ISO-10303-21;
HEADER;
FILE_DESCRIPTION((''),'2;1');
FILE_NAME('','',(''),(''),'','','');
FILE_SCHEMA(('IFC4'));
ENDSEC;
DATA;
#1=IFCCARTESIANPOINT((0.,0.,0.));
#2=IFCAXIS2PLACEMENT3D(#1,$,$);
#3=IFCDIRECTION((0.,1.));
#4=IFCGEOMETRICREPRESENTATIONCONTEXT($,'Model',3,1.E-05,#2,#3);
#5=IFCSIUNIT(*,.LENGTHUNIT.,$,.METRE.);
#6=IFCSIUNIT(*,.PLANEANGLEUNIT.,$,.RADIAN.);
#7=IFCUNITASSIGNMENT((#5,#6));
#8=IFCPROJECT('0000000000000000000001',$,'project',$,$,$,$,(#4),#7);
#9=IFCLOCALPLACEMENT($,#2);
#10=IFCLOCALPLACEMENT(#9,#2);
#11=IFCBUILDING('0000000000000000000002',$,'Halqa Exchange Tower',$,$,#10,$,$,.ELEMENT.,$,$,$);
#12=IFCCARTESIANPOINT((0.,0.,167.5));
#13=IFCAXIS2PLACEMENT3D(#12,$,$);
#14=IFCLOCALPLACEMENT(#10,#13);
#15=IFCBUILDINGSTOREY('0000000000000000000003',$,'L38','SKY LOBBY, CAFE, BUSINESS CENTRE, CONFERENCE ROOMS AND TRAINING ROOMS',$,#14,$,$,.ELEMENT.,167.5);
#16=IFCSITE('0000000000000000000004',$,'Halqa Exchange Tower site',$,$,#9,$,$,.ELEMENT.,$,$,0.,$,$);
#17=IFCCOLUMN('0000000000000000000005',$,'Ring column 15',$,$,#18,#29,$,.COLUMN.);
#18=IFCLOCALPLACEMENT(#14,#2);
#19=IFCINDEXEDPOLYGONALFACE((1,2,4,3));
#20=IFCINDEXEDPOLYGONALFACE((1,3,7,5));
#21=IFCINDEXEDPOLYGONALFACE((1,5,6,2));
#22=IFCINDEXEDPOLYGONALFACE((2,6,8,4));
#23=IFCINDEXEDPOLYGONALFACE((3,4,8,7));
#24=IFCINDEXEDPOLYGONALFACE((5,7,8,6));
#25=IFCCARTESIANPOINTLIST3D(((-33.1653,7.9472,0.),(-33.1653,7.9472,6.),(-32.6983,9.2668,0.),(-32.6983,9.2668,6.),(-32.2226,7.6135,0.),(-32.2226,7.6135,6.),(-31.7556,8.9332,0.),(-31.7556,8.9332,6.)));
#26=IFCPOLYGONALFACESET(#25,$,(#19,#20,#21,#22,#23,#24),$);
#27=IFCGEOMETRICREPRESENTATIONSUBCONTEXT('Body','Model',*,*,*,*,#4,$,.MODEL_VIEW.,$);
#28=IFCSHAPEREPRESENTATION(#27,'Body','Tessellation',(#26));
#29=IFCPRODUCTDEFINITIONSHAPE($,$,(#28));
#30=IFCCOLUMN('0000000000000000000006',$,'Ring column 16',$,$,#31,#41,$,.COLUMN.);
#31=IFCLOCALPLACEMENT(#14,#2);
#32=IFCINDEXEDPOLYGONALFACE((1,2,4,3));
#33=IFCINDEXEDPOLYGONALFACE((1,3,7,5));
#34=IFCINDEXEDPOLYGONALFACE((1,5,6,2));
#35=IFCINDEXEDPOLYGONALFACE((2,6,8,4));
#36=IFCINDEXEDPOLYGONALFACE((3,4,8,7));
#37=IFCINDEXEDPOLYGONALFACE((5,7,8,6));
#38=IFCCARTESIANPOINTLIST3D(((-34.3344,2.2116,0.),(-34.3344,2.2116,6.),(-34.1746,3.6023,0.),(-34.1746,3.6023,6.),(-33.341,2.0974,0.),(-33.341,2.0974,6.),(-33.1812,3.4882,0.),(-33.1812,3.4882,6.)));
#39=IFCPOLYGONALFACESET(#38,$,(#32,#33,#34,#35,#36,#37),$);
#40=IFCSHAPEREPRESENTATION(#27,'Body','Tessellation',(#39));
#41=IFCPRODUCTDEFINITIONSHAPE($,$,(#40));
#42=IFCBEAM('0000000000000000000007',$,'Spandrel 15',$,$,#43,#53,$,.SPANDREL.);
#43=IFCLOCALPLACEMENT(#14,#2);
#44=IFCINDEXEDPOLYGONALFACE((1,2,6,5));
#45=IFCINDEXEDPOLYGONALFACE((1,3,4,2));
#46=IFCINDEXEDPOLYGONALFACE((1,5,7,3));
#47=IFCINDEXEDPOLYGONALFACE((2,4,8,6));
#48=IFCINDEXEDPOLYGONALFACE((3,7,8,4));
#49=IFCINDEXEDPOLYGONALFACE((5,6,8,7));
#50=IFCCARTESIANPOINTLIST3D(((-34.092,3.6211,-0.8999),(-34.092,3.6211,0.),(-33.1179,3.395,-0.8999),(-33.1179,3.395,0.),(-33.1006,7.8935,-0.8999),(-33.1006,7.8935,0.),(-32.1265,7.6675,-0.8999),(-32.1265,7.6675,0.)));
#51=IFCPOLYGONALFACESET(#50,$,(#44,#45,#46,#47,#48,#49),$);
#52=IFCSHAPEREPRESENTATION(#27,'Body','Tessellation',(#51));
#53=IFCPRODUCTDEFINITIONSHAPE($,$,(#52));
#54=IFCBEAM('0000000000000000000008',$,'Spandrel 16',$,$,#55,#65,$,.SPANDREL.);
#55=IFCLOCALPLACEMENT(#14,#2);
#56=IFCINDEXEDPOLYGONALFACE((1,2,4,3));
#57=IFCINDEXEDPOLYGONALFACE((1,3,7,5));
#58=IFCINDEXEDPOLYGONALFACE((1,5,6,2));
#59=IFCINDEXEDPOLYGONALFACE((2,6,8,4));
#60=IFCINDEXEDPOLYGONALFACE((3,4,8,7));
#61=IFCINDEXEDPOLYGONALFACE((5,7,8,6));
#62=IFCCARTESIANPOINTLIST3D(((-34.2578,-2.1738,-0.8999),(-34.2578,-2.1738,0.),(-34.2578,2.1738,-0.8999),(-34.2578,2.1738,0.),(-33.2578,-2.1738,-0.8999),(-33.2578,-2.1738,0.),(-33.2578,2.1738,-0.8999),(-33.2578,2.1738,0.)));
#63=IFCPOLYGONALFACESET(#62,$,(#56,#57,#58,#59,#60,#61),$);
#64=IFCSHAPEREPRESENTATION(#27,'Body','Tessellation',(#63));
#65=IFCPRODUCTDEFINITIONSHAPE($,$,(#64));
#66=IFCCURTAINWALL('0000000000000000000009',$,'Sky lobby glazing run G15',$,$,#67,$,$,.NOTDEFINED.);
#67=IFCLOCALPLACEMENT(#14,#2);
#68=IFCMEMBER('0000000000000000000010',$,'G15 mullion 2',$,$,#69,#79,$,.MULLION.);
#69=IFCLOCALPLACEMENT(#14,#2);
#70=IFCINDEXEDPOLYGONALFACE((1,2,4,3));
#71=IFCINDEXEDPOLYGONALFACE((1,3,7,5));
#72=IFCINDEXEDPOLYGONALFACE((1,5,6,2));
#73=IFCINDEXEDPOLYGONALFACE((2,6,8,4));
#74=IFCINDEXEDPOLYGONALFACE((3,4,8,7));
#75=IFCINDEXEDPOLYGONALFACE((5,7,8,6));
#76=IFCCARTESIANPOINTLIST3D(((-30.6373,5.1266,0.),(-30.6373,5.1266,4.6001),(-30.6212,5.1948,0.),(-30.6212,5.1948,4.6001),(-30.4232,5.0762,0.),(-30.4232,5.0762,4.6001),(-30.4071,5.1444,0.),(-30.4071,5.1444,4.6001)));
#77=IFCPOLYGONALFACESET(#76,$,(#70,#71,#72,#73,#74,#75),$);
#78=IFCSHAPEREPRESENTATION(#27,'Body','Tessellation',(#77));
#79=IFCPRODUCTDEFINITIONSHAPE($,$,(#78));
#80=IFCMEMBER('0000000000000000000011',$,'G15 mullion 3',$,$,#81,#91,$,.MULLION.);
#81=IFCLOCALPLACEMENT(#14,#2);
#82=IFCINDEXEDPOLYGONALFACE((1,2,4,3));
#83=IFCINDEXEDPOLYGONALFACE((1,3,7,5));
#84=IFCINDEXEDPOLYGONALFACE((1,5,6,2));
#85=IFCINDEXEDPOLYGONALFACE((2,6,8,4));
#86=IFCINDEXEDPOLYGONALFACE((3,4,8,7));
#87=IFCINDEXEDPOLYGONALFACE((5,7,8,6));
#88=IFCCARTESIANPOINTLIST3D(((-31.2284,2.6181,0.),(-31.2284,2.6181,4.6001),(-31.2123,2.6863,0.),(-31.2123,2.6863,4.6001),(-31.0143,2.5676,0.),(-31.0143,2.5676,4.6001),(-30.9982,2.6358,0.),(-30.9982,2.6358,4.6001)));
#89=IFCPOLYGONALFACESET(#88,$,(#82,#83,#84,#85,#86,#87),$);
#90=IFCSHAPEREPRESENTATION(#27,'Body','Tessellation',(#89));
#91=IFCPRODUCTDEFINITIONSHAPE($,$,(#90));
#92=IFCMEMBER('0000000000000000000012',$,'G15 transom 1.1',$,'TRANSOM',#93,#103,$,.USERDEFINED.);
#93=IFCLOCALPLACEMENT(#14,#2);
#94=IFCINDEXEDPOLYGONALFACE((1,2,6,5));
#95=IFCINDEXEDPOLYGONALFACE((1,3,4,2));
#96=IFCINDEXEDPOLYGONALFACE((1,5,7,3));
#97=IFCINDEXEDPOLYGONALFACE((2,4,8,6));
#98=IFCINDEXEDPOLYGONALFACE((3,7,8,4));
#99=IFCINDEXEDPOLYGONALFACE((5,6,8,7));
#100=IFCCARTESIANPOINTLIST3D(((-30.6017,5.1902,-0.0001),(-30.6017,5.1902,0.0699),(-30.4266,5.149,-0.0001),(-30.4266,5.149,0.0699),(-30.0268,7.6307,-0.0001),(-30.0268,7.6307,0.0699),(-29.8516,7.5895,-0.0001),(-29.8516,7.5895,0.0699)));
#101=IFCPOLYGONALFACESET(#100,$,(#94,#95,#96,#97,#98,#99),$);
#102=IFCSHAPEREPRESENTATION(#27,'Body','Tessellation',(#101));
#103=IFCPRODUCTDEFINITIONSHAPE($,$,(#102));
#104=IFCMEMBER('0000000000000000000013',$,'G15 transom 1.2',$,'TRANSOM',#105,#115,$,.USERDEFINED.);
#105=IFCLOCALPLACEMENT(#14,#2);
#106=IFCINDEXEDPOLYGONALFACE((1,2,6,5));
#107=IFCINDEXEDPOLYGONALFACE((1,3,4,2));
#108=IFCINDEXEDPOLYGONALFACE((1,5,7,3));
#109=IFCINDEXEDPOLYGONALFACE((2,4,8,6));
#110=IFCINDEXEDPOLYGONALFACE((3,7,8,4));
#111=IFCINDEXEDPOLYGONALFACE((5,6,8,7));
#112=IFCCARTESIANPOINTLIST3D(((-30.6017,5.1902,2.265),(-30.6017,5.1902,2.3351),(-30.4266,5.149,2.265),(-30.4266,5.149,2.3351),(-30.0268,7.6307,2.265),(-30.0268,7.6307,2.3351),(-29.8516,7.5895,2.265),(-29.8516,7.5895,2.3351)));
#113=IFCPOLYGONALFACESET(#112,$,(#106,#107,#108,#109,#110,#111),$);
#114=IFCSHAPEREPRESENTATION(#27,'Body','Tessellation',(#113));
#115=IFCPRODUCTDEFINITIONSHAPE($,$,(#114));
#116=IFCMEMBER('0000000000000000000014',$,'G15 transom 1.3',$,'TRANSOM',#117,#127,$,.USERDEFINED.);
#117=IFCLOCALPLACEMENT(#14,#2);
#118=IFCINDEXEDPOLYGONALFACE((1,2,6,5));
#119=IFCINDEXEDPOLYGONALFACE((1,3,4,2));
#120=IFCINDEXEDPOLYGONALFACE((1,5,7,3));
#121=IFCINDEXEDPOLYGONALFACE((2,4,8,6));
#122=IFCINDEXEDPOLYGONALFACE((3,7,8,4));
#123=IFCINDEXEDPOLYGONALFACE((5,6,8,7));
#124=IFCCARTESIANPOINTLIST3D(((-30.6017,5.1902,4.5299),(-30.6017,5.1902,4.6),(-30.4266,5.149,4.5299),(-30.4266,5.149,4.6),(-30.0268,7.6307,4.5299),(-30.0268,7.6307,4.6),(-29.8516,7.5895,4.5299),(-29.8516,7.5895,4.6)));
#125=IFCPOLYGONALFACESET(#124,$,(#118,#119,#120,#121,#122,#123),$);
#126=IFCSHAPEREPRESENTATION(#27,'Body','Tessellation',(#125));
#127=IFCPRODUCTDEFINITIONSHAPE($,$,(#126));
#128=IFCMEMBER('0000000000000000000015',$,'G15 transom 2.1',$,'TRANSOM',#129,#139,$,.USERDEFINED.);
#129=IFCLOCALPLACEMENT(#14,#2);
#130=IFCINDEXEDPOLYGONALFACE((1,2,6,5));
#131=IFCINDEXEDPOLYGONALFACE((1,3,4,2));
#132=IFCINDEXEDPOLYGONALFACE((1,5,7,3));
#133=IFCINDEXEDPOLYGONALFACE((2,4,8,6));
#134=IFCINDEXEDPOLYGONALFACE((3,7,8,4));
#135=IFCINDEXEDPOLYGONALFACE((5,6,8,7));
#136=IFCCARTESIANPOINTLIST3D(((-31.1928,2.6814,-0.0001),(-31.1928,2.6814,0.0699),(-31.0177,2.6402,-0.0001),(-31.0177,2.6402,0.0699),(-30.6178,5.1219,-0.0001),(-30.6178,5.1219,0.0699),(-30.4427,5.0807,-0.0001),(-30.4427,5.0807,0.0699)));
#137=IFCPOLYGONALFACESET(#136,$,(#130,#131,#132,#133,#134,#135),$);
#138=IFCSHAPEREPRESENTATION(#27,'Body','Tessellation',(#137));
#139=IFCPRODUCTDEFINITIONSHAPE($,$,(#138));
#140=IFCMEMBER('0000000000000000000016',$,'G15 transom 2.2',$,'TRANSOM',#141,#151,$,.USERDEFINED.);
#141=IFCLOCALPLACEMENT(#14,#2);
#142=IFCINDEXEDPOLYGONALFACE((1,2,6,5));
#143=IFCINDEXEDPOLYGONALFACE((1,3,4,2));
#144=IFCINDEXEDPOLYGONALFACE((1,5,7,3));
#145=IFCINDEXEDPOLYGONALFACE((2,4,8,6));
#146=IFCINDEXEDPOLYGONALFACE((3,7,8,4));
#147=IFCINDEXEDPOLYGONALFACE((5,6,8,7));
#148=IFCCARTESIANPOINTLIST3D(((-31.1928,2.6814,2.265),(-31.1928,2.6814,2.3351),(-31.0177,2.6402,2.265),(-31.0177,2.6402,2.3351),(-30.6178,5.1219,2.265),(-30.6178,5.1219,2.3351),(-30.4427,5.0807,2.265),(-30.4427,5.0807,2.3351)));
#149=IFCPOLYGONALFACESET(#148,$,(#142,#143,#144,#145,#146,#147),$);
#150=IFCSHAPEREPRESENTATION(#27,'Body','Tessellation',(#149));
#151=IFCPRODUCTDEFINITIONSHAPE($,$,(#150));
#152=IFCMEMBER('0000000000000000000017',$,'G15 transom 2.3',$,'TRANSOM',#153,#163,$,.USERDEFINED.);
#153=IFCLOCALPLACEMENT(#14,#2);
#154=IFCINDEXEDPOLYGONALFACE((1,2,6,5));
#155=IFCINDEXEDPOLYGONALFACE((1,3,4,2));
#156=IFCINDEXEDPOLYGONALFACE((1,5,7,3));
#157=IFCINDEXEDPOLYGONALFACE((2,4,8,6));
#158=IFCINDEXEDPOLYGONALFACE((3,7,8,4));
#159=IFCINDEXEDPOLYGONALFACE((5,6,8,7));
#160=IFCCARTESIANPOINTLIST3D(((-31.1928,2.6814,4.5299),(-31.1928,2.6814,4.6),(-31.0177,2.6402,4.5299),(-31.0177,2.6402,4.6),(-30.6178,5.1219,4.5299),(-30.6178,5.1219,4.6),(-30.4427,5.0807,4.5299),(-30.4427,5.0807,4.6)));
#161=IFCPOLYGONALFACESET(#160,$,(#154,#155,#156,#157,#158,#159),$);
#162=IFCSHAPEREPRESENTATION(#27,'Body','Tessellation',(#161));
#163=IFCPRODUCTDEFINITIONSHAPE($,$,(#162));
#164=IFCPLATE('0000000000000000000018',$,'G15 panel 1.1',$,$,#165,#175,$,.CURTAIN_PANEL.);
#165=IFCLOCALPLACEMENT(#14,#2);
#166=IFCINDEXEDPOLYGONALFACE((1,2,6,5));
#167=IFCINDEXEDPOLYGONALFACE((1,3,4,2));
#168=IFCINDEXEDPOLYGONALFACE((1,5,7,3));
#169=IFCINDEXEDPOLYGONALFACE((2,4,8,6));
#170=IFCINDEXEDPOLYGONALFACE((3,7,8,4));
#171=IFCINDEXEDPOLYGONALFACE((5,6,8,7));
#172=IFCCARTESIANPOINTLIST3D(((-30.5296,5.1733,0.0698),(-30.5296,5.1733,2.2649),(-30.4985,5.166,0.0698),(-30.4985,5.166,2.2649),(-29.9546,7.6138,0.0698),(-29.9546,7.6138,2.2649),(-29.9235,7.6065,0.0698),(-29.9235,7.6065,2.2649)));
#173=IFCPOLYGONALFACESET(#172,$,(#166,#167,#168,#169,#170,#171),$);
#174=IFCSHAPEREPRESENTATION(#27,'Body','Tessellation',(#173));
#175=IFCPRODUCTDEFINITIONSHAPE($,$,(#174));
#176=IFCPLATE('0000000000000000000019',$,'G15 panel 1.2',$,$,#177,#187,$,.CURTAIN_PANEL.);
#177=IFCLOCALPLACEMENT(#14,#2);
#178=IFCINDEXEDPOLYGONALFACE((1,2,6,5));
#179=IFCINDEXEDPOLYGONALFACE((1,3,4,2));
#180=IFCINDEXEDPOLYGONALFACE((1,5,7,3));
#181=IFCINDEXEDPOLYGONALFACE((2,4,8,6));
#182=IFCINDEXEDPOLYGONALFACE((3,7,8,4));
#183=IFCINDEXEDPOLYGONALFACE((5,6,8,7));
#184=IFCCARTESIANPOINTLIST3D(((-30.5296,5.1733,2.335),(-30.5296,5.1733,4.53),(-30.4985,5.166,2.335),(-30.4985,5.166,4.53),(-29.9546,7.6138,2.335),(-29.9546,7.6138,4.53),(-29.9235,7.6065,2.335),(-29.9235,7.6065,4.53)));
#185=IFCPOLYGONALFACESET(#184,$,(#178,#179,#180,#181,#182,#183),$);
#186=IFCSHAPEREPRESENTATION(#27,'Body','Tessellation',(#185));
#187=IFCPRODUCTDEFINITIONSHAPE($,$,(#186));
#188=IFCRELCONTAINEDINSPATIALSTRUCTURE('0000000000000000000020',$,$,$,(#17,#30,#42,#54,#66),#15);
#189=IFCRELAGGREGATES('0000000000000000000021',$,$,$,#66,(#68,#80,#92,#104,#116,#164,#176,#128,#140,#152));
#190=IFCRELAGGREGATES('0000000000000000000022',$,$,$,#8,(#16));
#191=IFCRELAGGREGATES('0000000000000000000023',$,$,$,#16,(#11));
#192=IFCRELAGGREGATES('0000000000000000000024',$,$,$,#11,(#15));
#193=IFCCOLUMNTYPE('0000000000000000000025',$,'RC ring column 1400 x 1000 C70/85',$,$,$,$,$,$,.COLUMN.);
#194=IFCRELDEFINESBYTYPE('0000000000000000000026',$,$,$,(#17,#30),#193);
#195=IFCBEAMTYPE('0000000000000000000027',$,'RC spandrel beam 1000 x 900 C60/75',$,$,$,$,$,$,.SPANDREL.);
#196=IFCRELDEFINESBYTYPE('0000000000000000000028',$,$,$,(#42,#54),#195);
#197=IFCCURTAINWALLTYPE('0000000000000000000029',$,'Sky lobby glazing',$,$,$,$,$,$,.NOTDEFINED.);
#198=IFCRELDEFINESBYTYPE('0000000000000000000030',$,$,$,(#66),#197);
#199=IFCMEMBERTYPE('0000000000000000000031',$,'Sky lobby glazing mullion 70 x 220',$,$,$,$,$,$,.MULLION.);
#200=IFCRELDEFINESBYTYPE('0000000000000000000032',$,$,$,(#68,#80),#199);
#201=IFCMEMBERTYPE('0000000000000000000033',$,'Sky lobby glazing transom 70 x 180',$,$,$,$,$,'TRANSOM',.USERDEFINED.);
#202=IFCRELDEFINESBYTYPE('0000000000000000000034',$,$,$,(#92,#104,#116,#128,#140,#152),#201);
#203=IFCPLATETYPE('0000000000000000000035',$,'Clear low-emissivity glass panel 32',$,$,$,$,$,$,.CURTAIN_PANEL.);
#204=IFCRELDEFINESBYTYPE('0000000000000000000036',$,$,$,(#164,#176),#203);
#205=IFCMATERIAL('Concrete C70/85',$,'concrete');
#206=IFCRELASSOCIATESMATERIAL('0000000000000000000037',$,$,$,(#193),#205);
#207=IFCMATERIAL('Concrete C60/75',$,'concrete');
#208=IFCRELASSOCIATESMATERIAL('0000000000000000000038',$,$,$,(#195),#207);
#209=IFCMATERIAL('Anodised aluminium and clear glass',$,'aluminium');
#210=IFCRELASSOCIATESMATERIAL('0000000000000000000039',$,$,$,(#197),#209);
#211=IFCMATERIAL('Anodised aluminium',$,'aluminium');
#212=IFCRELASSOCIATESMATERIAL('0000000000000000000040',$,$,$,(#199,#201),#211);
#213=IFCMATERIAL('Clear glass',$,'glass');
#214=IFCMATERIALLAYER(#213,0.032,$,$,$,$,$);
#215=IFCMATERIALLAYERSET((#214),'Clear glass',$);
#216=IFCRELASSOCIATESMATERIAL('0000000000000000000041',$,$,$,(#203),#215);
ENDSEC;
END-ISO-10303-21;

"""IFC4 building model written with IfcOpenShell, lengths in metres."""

from ifc_helpers import new_model, si_unit, direction, frame, origin, origin_2d, place, context, subcontext, project, spatial, rectangle, extrude, material, layer, layer_set, material_profile, profile_set, type_object, element, aggregate, save


model = new_model("IFC4")

# Units and contexts
model_context = context("Model", 3, precision=1e-05, world=origin(), true_north=direction((0.0, 1.0)))
body_context = subcontext(model_context, "Body", "Model", "MODEL_VIEW")
ifc_project = project(units=[si_unit("LENGTHUNIT", "METRE"), si_unit("PLANEANGLEUNIT", "RADIAN")], contexts=[model_context])

# Site, building, storey
site_placement = place(None, origin())
site = spatial("IfcSite", under=ifc_project, at=site_placement, Name="Halqa Exchange Tower site", CompositionType="ELEMENT", RefElevation=0.0)
building_placement = place(site_placement, origin())
building = spatial("IfcBuilding", under=site, at=building_placement, Name="Halqa Exchange Tower", CompositionType="ELEMENT")
storey_placement = place(building_placement, frame((0.0, 0.0, 167.5)))
storey = spatial("IfcBuildingStorey", under=building, at=storey_placement, Name="L38", Description="SKY LOBBY, CAFE, BUSINESS CENTRE, CONFERENCE ROOMS AND TRAINING ROOMS", CompositionType="ELEMENT", Elevation=167.5)

# Columns
ifc_material_1 = material(Name="Concrete C70/85", Category="concrete")
ifc_material_profile_1 = material_profile(ifc_material_1, rectangle(XDim=1.3999, YDim=1.0, at=origin_2d()), Name="1400 x 1000")
ifc_profile_set_1 = profile_set([ifc_material_profile_1], Name="Concrete C70/85")
column_type = type_object("IfcColumnType", Name="RC ring column 1400 x 1000 C70/85", PredefinedType="COLUMN", material=ifc_profile_set_1)
for number, where, z_axis, x_axis, name in (
    (1, (-32.4604, 8.4402, 0.0), (0.0, 0.0, 1.0), (-0.333634, -0.942703, 0.0), "Ring column 15"),
    (2, (-33.7578, 2.8499, 0.0), (0.0, 0.0, 1.0), (-0.114155, -0.993463, 0.0), "Ring column 16"),
):
    element("IfcColumn", number, at=place(storey_placement, frame(where, z_axis=z_axis, x_axis=x_axis)), inside=storey, type_object=column_type, Name=name, PredefinedType="COLUMN", context=body_context, shape_type="SweptSolid", body=[
        extrude(rectangle(XDim=1.3999, YDim=1.0, at=origin_2d()), origin(), (0.0, 0.0, 1.0), 6.0),
    ])

# Beams
ifc_material_2 = material(Name="Concrete C60/75", Category="concrete")
ifc_material_profile_2 = material_profile(ifc_material_2, rectangle(XDim=1.0, YDim=0.8999, at=origin_2d()), Name="1000 x 900")
ifc_profile_set_2 = profile_set([ifc_material_profile_2], Name="Concrete C60/75")
beam_type = type_object("IfcBeamType", Name="RC spandrel beam 1000 x 900 C60/75", PredefinedType="SPANDREL", material=ifc_profile_set_2)
beam_1_placement = place(storey_placement, frame((-32.6135, 7.7805, -0.45), z_axis=(-0.22605, -0.974116, 0.0), x_axis=(0.974116, -0.22605, 0.0)))
element("IfcBeam", 3, at=beam_1_placement, inside=storey, type_object=beam_type, Name="Spandrel 15", PredefinedType="SPANDREL", context=body_context, shape_type="SweptSolid", body=[
    extrude(rectangle(XDim=1.0, YDim=0.8999, at=origin_2d()), origin(), (0.0, 0.0, 1.0), 4.386),
])
beam_2_placement = place(storey_placement, frame((-33.7578, 2.1738, -0.45), z_axis=(0.0, -1.0, 0.0), x_axis=(1.0, 0.0, 0.0)))
element("IfcBeam", 4, at=beam_2_placement, inside=storey, type_object=beam_type, Name="Spandrel 16", PredefinedType="SPANDREL", context=body_context, shape_type="SweptSolid", body=[
    extrude(rectangle(XDim=1.0, YDim=0.8999, at=origin_2d()), origin(), (0.0, 0.0, 1.0), 4.3477),
])

# Curtain wall, members, plates
ifc_material_3 = material(Name="Anodised aluminium and clear glass", Category="aluminium")
curtain_wall_type = type_object("IfcCurtainWallType", Name="Sky lobby glazing", PredefinedType="NOTDEFINED", material=ifc_material_3)
curtain_wall_placement = place(storey_placement, origin())
curtain_wall = element("IfcCurtainWall", 5, at=curtain_wall_placement, inside=storey, type_object=curtain_wall_type, Name="Sky lobby glazing run G15", PredefinedType="NOTDEFINED")
ifc_material_4 = material(Name="Anodised aluminium", Category="aluminium")
ifc_material_profile_3 = material_profile(ifc_material_4, rectangle(XDim=0.22, YDim=0.0701, at=origin_2d()), Name="AL 70x220")
ifc_profile_set_3 = profile_set([ifc_material_profile_3], Name="Anodised aluminium")
member_type_1 = type_object("IfcMemberType", Name="Sky lobby glazing mullion 70 x 220", PredefinedType="MULLION", material=ifc_profile_set_3)
member_1_placement = place(storey_placement, frame((-30.5222, 5.1355, 0.0), z_axis=(0.0, 0.0, 1.0), x_axis=(0.973352, -0.229318, 0.0)))
member_1 = element("IfcMember", 6, at=member_1_placement, type_object=member_type_1, Name="G15 mullion 2", PredefinedType="MULLION", context=body_context, shape_type="SweptSolid", body=[
    extrude(rectangle(XDim=0.22, YDim=0.0701, at=origin_2d()), origin(), (0.0, 0.0, 1.0), 4.6001),
])
member_2_placement = place(storey_placement, frame((-31.1133, 2.627, 0.0), z_axis=(0.0, 0.0, 1.0), x_axis=(0.973352, -0.229318, 0.0)))
member_2 = element("IfcMember", 7, at=member_2_placement, type_object=member_type_1, Name="G15 mullion 3", PredefinedType="MULLION", context=body_context, shape_type="SweptSolid", body=[
    extrude(rectangle(XDim=0.22, YDim=0.0701, at=origin_2d()), origin(), (0.0, 0.0, 1.0), 4.6001),
])
ifc_material_profile_4 = material_profile(ifc_material_4, rectangle(XDim=0.1799, YDim=0.0701, at=origin_2d()), Name="AL 70x180")
ifc_profile_set_4 = profile_set([ifc_material_profile_4], Name="Anodised aluminium")
member_type_2 = type_object("IfcMemberType", Name="Sky lobby glazing transom 70 x 180", ElementType="TRANSOM", PredefinedType="USERDEFINED", material=ifc_profile_set_4)
member_3_placement = place(storey_placement, frame((-29.9392, 7.6101, 0.0349), z_axis=(-0.229316, -0.973352, 0.0), x_axis=(0.973352, -0.229316, 0.0)))
member_3 = element("IfcMember", 8, at=member_3_placement, type_object=member_type_2, Name="G15 transom 1.1", ObjectType="TRANSOM", PredefinedType="USERDEFINED", context=body_context, shape_type="SweptSolid", body=[
    extrude(rectangle(XDim=0.1799, YDim=0.0701, at=origin_2d()), origin(), (0.0, 0.0, 1.0), 2.5073),
])
member_4_placement = place(storey_placement, frame((-29.9392, 7.6101, 2.3), z_axis=(-0.229316, -0.973352, 0.0), x_axis=(0.973352, -0.229316, 0.0)))
member_4 = element("IfcMember", 9, at=member_4_placement, type_object=member_type_2, Name="G15 transom 1.2", ObjectType="TRANSOM", PredefinedType="USERDEFINED", context=body_context, shape_type="SweptSolid", body=[
    extrude(rectangle(XDim=0.1799, YDim=0.0701, at=origin_2d()), origin(), (0.0, 0.0, 1.0), 2.5073),
])
member_5_placement = place(storey_placement, frame((-29.9392, 7.6101, 4.5649), z_axis=(-0.229316, -0.973352, 0.0), x_axis=(0.973352, -0.229316, 0.0)))
member_5 = element("IfcMember", 10, at=member_5_placement, type_object=member_type_2, Name="G15 transom 1.3", ObjectType="TRANSOM", PredefinedType="USERDEFINED", context=body_context, shape_type="SweptSolid", body=[
    extrude(rectangle(XDim=0.1799, YDim=0.0701, at=origin_2d()), origin(), (0.0, 0.0, 1.0), 2.5073),
])
member_6_placement = place(storey_placement, frame((-30.5303, 5.1013, 0.0349), z_axis=(-0.229316, -0.973352, 0.0), x_axis=(0.973352, -0.229316, 0.0)))
member_6 = element("IfcMember", 11, at=member_6_placement, type_object=member_type_2, Name="G15 transom 2.1", ObjectType="TRANSOM", PredefinedType="USERDEFINED", context=body_context, shape_type="SweptSolid", body=[
    extrude(rectangle(XDim=0.1799, YDim=0.0701, at=origin_2d()), origin(), (0.0, 0.0, 1.0), 2.5073),
])
member_7_placement = place(storey_placement, frame((-30.5303, 5.1013, 2.3), z_axis=(-0.229316, -0.973352, 0.0), x_axis=(0.973352, -0.229316, 0.0)))
member_7 = element("IfcMember", 12, at=member_7_placement, type_object=member_type_2, Name="G15 transom 2.2", ObjectType="TRANSOM", PredefinedType="USERDEFINED", context=body_context, shape_type="SweptSolid", body=[
    extrude(rectangle(XDim=0.1799, YDim=0.0701, at=origin_2d()), origin(), (0.0, 0.0, 1.0), 2.5073),
])
member_8_placement = place(storey_placement, frame((-30.5303, 5.1013, 4.5649), z_axis=(-0.229316, -0.973352, 0.0), x_axis=(0.973352, -0.229316, 0.0)))
member_8 = element("IfcMember", 13, at=member_8_placement, type_object=member_type_2, Name="G15 transom 2.3", ObjectType="TRANSOM", PredefinedType="USERDEFINED", context=body_context, shape_type="SweptSolid", body=[
    extrude(rectangle(XDim=0.1799, YDim=0.0701, at=origin_2d()), origin(), (0.0, 0.0, 1.0), 2.5073),
])
ifc_material_5 = material(Name="Clear glass", Category="glass")
ifc_layer_1 = layer(ifc_material_5, 0.032)
ifc_layer_set_1 = layer_set([ifc_layer_1], Name="Clear glass")
plate_type = type_object("IfcPlateType", Name="Clear low-emissivity glass panel 32", PredefinedType="CURTAIN_PANEL", material=ifc_layer_set_1)
plate_1_placement = place(storey_placement, frame((-30.2266, 6.3899, 0.0698), z_axis=(0.0, 0.0, 1.0), x_axis=(-0.229318, -0.973352, 0.0)))
plate_1 = element("IfcPlate", 14, at=plate_1_placement, type_object=plate_type, Name="G15 panel 1.1", PredefinedType="CURTAIN_PANEL", context=body_context, shape_type="SweptSolid", body=[
    extrude(rectangle(XDim=2.5073, YDim=0.032, at=origin_2d()), origin(), (0.0, 0.0, 1.0), 2.1951),
])
plate_2_placement = place(storey_placement, frame((-30.2266, 6.3899, 2.335), z_axis=(0.0, 0.0, 1.0), x_axis=(-0.229318, -0.973352, 0.0)))
plate_2 = element("IfcPlate", 15, at=plate_2_placement, type_object=plate_type, Name="G15 panel 1.2", PredefinedType="CURTAIN_PANEL", context=body_context, shape_type="SweptSolid", body=[
    extrude(rectangle(XDim=2.5073, YDim=0.032, at=origin_2d()), origin(), (0.0, 0.0, 1.0), 2.1951),
])
aggregate(curtain_wall, [member_1, member_2, member_3, member_4, member_5, plate_1, plate_2, member_6, member_7, member_8])

save(model, "model.ifc")
